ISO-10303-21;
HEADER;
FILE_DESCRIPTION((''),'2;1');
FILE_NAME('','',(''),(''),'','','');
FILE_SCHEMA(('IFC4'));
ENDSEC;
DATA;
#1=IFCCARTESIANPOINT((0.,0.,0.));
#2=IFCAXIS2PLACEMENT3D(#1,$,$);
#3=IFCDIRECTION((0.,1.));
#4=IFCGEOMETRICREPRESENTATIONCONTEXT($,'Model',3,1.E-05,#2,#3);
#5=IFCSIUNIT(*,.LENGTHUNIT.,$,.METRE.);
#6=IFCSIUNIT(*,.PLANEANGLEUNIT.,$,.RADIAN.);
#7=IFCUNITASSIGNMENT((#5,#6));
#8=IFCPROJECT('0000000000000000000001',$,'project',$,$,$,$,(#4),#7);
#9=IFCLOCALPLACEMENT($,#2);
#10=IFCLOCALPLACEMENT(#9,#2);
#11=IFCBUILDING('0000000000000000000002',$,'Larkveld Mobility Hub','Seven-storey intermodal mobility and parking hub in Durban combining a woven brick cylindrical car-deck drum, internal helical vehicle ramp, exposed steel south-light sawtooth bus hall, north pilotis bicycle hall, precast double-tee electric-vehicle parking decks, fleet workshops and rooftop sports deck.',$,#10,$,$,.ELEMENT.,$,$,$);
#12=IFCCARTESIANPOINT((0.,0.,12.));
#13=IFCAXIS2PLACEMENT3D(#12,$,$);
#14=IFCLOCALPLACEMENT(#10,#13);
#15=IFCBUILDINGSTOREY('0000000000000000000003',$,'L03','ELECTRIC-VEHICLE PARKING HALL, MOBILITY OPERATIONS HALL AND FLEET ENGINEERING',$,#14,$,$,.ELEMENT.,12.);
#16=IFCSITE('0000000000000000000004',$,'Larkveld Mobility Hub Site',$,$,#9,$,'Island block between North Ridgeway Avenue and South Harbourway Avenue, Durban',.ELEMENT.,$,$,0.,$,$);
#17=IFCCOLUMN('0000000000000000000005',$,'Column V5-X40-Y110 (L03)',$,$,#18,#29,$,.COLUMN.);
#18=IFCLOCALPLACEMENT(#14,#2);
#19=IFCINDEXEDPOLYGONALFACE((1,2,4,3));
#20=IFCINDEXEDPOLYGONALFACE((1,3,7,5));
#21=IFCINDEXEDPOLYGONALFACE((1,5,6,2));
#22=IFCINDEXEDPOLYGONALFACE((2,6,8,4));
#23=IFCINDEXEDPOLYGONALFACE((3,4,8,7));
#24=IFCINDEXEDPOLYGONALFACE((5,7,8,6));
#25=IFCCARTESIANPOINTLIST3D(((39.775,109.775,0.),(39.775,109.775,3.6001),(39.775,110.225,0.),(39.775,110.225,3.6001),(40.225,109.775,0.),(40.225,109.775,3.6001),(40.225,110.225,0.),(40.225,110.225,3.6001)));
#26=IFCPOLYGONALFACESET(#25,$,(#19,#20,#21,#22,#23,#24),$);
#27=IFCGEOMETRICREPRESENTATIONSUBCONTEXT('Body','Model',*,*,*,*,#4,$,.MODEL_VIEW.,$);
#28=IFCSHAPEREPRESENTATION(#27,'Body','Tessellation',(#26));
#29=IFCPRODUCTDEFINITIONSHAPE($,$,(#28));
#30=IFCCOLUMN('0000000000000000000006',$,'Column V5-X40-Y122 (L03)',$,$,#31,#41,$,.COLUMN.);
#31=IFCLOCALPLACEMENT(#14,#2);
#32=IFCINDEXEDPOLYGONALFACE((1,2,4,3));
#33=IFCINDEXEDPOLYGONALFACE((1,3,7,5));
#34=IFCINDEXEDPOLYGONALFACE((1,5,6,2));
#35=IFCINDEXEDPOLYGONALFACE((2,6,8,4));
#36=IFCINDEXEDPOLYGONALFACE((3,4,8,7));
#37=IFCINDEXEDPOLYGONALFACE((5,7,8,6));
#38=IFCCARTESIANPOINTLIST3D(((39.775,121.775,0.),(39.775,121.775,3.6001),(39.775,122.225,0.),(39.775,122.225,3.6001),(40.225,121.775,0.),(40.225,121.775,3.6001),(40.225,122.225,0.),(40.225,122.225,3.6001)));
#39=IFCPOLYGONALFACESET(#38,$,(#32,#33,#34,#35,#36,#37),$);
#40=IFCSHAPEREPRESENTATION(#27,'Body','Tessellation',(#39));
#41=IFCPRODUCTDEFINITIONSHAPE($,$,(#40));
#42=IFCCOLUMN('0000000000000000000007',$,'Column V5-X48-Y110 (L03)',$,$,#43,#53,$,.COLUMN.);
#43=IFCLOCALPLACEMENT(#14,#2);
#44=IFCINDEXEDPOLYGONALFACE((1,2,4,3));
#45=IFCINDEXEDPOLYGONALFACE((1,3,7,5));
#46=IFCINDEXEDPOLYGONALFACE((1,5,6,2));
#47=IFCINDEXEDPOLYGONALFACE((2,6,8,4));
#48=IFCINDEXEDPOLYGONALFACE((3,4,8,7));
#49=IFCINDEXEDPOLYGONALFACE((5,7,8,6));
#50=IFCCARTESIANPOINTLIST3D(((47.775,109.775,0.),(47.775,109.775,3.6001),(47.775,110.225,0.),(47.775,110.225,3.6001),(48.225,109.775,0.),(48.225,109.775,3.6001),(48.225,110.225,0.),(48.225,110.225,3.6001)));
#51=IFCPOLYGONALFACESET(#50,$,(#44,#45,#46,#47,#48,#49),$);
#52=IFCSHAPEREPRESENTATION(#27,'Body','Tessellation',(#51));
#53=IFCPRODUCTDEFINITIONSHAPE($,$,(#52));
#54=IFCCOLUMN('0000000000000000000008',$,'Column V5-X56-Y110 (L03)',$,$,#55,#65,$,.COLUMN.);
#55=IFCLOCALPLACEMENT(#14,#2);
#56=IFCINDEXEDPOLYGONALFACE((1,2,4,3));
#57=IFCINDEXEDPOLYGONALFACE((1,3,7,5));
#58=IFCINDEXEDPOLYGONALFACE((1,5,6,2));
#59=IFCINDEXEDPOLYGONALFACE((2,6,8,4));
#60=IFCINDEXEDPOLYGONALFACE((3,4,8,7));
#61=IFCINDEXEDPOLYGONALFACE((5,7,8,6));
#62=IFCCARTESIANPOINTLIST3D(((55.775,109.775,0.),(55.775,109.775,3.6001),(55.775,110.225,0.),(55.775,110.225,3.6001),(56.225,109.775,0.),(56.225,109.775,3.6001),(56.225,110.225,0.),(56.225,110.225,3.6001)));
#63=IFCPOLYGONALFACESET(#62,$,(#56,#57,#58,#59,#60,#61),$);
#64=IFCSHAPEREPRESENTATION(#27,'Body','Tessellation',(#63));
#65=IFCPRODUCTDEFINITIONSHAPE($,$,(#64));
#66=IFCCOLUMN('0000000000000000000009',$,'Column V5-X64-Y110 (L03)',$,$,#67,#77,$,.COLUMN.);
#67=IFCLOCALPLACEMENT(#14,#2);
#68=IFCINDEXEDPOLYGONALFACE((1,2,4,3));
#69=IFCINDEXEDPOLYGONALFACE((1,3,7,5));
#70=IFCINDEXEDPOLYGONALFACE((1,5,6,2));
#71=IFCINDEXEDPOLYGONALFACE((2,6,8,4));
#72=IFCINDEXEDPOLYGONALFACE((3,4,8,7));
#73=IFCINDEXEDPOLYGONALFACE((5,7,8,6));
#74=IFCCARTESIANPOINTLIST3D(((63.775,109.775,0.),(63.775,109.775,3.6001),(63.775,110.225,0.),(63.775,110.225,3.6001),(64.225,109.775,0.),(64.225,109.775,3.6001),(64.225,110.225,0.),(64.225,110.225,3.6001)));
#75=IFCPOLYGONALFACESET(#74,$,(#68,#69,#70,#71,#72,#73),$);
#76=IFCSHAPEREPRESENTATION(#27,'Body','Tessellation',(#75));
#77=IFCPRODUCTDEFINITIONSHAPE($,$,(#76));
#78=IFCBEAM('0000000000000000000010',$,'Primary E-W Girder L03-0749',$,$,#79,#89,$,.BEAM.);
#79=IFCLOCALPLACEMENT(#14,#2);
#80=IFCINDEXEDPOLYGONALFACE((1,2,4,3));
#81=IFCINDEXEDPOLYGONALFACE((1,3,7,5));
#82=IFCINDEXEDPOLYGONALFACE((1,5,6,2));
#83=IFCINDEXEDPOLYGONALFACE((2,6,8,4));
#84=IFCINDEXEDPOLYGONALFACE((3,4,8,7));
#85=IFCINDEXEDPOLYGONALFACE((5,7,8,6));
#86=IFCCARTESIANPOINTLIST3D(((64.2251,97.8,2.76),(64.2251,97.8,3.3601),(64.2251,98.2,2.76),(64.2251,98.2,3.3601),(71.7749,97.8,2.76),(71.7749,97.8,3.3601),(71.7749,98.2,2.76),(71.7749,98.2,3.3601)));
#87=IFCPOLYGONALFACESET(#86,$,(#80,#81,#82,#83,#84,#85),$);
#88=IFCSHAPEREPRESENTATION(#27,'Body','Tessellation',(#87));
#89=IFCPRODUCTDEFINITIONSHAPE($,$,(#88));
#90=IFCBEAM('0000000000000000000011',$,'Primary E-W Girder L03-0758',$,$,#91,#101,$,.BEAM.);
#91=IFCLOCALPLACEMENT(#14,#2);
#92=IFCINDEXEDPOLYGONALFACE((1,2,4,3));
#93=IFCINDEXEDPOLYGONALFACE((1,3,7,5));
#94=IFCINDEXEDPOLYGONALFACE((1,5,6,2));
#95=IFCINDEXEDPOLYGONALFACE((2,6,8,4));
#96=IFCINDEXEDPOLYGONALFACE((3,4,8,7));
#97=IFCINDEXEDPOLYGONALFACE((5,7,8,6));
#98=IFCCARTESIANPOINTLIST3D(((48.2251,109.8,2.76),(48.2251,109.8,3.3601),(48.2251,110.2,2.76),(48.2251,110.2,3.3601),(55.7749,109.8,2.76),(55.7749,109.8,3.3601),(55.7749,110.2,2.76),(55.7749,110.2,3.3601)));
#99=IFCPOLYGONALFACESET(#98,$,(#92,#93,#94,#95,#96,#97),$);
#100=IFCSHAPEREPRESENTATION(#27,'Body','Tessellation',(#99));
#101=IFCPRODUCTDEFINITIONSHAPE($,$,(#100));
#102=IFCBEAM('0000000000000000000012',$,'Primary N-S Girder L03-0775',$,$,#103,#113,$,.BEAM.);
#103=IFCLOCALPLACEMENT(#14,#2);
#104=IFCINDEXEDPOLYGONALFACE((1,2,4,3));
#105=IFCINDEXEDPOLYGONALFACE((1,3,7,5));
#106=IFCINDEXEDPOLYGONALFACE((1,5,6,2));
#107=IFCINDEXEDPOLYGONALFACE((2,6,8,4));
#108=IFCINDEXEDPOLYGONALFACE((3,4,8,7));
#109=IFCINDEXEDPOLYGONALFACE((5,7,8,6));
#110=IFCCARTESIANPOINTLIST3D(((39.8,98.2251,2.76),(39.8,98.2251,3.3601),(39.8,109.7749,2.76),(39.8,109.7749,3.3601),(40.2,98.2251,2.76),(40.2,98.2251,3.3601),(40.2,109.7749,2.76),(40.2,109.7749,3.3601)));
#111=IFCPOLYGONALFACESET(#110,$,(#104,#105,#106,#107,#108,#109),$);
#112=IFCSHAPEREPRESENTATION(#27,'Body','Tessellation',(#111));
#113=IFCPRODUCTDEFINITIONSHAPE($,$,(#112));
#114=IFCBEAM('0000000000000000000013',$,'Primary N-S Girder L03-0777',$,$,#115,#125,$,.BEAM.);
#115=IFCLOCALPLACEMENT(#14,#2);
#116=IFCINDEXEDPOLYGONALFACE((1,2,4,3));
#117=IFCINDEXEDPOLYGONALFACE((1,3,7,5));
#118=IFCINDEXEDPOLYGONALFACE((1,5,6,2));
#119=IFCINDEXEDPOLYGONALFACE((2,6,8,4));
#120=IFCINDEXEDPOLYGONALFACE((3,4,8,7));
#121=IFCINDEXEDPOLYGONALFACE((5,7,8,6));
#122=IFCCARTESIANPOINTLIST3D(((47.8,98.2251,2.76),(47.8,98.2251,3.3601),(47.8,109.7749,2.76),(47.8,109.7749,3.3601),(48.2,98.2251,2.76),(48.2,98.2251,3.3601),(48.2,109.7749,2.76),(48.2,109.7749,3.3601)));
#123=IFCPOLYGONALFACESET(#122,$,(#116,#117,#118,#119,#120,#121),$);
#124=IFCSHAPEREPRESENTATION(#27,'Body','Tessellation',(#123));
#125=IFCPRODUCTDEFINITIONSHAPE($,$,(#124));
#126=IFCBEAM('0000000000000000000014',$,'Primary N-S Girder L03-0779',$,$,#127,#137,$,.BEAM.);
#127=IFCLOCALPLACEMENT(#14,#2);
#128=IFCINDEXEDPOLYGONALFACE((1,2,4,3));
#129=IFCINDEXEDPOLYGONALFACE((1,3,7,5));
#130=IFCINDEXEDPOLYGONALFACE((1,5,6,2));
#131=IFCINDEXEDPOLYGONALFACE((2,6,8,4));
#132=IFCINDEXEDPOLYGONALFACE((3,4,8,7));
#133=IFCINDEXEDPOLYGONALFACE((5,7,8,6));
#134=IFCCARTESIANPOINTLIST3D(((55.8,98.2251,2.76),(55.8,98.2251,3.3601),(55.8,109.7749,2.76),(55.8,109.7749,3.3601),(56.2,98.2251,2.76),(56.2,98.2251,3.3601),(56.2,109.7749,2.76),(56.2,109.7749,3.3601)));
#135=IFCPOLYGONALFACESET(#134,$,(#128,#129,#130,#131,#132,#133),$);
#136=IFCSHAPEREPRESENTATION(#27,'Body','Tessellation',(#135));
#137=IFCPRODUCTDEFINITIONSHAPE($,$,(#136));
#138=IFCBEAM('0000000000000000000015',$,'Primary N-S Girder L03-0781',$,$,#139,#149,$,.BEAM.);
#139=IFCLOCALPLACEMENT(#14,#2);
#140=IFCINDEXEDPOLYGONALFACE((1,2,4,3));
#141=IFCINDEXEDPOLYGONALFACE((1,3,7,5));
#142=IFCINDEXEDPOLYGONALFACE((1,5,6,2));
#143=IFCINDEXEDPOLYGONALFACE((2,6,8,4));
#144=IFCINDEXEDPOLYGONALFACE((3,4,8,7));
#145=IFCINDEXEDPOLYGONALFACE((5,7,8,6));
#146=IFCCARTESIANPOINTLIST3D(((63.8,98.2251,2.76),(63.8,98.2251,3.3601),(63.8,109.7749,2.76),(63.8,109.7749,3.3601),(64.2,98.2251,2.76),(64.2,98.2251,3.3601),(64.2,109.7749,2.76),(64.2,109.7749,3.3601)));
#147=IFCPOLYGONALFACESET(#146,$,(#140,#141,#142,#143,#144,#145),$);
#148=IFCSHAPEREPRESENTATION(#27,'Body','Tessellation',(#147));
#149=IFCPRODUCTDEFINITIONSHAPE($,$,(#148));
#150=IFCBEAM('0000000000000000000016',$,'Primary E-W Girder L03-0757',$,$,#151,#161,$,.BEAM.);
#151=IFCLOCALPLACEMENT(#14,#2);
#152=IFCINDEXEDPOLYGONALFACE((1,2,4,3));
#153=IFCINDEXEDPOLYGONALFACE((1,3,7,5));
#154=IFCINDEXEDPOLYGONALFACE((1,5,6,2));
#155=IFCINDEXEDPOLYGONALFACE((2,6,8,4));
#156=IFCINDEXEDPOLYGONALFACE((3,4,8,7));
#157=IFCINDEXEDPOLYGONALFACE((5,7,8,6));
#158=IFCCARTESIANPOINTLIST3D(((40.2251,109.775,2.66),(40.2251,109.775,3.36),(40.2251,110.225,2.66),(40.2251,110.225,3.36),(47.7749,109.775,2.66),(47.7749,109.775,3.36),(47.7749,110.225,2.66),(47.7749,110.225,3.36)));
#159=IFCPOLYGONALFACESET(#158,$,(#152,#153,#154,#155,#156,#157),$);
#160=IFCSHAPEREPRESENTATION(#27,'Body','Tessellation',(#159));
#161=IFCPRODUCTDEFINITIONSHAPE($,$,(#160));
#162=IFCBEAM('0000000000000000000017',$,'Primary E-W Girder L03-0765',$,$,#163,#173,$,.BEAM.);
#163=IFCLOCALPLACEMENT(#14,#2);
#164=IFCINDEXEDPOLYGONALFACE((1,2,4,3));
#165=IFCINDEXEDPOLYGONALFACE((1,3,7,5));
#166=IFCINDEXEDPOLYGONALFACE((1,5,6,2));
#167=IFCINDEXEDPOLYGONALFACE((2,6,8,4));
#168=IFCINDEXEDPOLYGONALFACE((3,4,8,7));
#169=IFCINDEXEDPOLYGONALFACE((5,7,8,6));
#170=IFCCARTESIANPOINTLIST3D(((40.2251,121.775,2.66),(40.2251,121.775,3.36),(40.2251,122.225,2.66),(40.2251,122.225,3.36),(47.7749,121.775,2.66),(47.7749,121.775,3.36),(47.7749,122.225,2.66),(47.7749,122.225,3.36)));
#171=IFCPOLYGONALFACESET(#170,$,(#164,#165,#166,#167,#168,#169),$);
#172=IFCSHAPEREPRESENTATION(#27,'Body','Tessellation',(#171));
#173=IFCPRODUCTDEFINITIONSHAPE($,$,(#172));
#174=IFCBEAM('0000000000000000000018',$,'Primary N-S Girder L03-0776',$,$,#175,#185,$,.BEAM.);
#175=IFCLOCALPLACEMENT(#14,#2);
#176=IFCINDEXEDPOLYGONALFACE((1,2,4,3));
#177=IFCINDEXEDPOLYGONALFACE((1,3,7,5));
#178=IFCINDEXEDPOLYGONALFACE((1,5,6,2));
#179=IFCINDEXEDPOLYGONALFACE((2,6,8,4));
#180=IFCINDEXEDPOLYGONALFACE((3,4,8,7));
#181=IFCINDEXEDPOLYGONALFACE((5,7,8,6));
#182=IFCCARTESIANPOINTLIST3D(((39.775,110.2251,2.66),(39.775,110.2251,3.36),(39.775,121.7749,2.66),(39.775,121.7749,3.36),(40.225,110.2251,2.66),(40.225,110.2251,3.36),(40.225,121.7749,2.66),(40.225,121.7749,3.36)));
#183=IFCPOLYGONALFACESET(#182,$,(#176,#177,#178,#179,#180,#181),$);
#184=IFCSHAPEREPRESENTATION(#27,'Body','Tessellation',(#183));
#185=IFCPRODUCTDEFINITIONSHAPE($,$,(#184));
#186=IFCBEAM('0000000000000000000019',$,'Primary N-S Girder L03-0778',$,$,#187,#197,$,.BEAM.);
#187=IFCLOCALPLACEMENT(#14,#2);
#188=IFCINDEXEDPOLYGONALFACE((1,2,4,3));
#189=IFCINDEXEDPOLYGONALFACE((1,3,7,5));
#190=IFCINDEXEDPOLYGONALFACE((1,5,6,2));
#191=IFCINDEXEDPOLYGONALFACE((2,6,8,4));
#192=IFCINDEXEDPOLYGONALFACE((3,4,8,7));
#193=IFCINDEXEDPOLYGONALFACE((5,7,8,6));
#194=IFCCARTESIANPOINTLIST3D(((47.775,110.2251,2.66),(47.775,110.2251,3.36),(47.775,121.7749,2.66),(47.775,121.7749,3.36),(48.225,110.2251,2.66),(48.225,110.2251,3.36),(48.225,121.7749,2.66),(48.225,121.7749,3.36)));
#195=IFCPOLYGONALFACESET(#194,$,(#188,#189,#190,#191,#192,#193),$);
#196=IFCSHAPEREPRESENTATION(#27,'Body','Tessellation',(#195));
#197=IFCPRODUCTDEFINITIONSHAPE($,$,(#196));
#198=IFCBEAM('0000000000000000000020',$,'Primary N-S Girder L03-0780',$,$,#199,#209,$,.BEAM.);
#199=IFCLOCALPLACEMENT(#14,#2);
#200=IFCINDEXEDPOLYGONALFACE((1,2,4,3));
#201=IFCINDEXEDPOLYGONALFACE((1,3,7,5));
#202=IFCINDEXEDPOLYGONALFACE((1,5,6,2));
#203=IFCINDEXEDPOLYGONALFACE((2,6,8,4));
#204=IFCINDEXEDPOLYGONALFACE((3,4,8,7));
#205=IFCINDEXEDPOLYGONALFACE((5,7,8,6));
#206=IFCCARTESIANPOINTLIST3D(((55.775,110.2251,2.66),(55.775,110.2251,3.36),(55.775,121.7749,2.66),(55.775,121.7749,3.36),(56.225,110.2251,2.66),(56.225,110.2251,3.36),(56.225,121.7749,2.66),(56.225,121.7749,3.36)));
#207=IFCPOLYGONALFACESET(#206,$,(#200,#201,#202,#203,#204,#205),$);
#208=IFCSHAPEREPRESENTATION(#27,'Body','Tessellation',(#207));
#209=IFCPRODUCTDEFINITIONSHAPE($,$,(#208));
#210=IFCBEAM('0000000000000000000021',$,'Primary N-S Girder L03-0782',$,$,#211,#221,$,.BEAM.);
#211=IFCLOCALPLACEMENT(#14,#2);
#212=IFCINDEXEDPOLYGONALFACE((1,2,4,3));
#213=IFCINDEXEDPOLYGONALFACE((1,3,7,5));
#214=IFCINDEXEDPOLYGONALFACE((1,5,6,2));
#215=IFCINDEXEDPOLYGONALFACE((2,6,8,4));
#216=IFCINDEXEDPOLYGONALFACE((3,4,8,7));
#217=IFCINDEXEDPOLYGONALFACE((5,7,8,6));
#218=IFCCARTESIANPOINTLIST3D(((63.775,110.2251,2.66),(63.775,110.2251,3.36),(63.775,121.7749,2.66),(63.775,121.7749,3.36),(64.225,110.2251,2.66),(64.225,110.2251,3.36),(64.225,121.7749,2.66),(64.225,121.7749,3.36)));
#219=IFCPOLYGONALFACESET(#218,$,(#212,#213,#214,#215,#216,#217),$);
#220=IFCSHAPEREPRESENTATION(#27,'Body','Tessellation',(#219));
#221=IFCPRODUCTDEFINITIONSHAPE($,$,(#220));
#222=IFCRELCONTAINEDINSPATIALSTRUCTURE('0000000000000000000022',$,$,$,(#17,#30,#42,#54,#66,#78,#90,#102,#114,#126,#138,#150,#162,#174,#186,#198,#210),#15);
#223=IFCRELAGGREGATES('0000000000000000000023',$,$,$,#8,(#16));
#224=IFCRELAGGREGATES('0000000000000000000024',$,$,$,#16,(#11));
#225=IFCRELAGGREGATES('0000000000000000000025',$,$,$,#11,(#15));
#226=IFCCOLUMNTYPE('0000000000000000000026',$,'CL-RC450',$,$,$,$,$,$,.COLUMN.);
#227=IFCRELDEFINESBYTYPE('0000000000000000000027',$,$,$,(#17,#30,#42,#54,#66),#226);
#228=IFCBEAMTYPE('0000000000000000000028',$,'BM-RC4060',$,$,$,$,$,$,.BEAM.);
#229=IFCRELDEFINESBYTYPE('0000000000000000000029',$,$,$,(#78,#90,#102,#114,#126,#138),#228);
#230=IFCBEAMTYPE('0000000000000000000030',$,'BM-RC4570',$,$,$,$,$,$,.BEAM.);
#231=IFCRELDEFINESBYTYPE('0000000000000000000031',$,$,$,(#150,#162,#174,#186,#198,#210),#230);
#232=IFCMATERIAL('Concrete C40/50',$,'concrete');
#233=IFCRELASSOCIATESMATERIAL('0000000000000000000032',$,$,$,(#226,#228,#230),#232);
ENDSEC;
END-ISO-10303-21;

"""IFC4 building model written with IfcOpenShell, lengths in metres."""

from ifc_helpers import new_model, si_unit, direction, frame, origin, origin_2d, place, context, subcontext, project, spatial, rectangle, extrude, material, material_profile, profile_set, type_object, element, save


model = new_model("IFC4")

# Units and contexts
model_context = context("Model", 3, precision=1e-05, world=origin(), true_north=direction((0.0, 1.0)))
body_context = subcontext(model_context, "Body", "Model", "MODEL_VIEW")
ifc_project = project(units=[si_unit("LENGTHUNIT", "METRE"), si_unit("PLANEANGLEUNIT", "RADIAN")], contexts=[model_context])

# Site, building, storey
site_placement = place(None, origin())
site = spatial("IfcSite", under=ifc_project, at=site_placement, Name="Larkveld Mobility Hub Site", LongName="Island block between North Ridgeway Avenue and South Harbourway Avenue, Durban", CompositionType="ELEMENT", RefElevation=0.0)
building_placement = place(site_placement, origin())
building = spatial("IfcBuilding", under=site, at=building_placement, Name="Larkveld Mobility Hub", Description="Seven-storey intermodal mobility and parking hub in Durban combining a woven brick cylindrical car-deck drum, internal helical vehicle ramp, exposed steel south-light sawtooth bus hall, north pilotis bicycle hall, precast double-tee electric-vehicle parking decks, fleet workshops and rooftop sports deck.", CompositionType="ELEMENT")
storey_placement = place(building_placement, frame((0.0, 0.0, 12.0)))
storey = spatial("IfcBuildingStorey", under=building, at=storey_placement, Name="L03", Description="ELECTRIC-VEHICLE PARKING HALL, MOBILITY OPERATIONS HALL AND FLEET ENGINEERING", CompositionType="ELEMENT", Elevation=12.0)

# Columns
ifc_material_1 = material(Name="Concrete C40/50", Category="concrete")
ifc_material_profile_1 = material_profile(ifc_material_1, rectangle(XDim=0.45, YDim=0.45, at=origin_2d()), Name="RC COL 450x450")
ifc_profile_set_1 = profile_set([ifc_material_profile_1], Name="Concrete C40/50")
column_type = type_object("IfcColumnType", Name="CL-RC450", PredefinedType="COLUMN", material=ifc_profile_set_1)
for number, where, z_axis, x_axis, name in (
    (1, (40.0, 110.0, 0.0), (0.0, 0.0, 1.0), (1.0, 0.0, 0.0), "Column V5-X40-Y110 (L03)"),
    (2, (40.0, 122.0, 0.0), (0.0, 0.0, 1.0), (1.0, 0.0, 0.0), "Column V5-X40-Y122 (L03)"),
    (3, (48.0, 110.0, 0.0), (0.0, 0.0, 1.0), (1.0, 0.0, 0.0), "Column V5-X48-Y110 (L03)"),
    (4, (56.0, 110.0, 0.0), (0.0, 0.0, 1.0), (1.0, 0.0, 0.0), "Column V5-X56-Y110 (L03)"),
    (5, (64.0, 110.0, 0.0), (0.0, 0.0, 1.0), (1.0, 0.0, 0.0), "Column V5-X64-Y110 (L03)"),
):
    element("IfcColumn", number, at=place(storey_placement, frame(where, z_axis=z_axis, x_axis=x_axis)), inside=storey, type_object=column_type, Name=name, PredefinedType="COLUMN", context=body_context, shape_type="SweptSolid", body=[
        extrude(rectangle(XDim=0.45, YDim=0.45, at=origin_2d()), origin(), (0.0, 0.0, 1.0), 3.6001),
    ])

# Beams
ifc_material_profile_2 = material_profile(ifc_material_1, rectangle(XDim=0.3999, YDim=0.6001, at=origin_2d()), Name="RC BM 400x600")
ifc_profile_set_2 = profile_set([ifc_material_profile_2], Name="Concrete C40/50")
beam_type_1 = type_object("IfcBeamType", Name="BM-RC4060", PredefinedType="BEAM", material=ifc_profile_set_2)
for number, where, z_axis, x_axis, name in (
    (6, (64.2251, 98.0, 3.0601), (1.0, 0.0, 0.0), (0.0, 1.0, 0.0), "Primary E-W Girder L03-0749"),
    (7, (48.2251, 110.0, 3.0601), (1.0, 0.0, 0.0), (0.0, 1.0, 0.0), "Primary E-W Girder L03-0758"),
):
    element("IfcBeam", number, at=place(storey_placement, frame(where, z_axis=z_axis, x_axis=x_axis)), inside=storey, type_object=beam_type_1, Name=name, PredefinedType="BEAM", context=body_context, shape_type="SweptSolid", body=[
        extrude(rectangle(XDim=0.3999, YDim=0.6001, at=origin_2d()), origin(), (0.0, 0.0, 1.0), 7.5498),
    ])
for number, where, z_axis, x_axis, name in (
    (8, (40.0, 98.2251, 3.0601), (0.0, 1.0, 0.0), (-1.0, 0.0, 0.0), "Primary N-S Girder L03-0775"),
    (9, (48.0, 98.2251, 3.0601), (0.0, 1.0, 0.0), (-1.0, 0.0, 0.0), "Primary N-S Girder L03-0777"),
    (10, (56.0, 98.2251, 3.0601), (0.0, 1.0, 0.0), (-1.0, 0.0, 0.0), "Primary N-S Girder L03-0779"),
    (11, (64.0, 98.2251, 3.0601), (0.0, 1.0, 0.0), (-1.0, 0.0, 0.0), "Primary N-S Girder L03-0781"),
):
    element("IfcBeam", number, at=place(storey_placement, frame(where, z_axis=z_axis, x_axis=x_axis)), inside=storey, type_object=beam_type_1, Name=name, PredefinedType="BEAM", context=body_context, shape_type="SweptSolid", body=[
        extrude(rectangle(XDim=0.3999, YDim=0.6001, at=origin_2d()), origin(), (0.0, 0.0, 1.0), 11.5498),
    ])
ifc_material_profile_3 = material_profile(ifc_material_1, rectangle(XDim=0.45, YDim=0.7, at=origin_2d()), Name="RC BM 450x700")
ifc_profile_set_3 = profile_set([ifc_material_profile_3], Name="Concrete C40/50")
beam_type_2 = type_object("IfcBeamType", Name="BM-RC4570", PredefinedType="BEAM", material=ifc_profile_set_3)
for number, where, z_axis, x_axis, name in (
    (12, (40.2251, 110.0, 3.01), (1.0, 0.0, 0.0), (0.0, 1.0, 0.0), "Primary E-W Girder L03-0757"),
    (13, (40.2251, 122.0, 3.01), (1.0, 0.0, 0.0), (0.0, 1.0, 0.0), "Primary E-W Girder L03-0765"),
):
    element("IfcBeam", number, at=place(storey_placement, frame(where, z_axis=z_axis, x_axis=x_axis)), inside=storey, type_object=beam_type_2, Name=name, PredefinedType="BEAM", context=body_context, shape_type="SweptSolid", body=[
        extrude(rectangle(XDim=0.45, YDim=0.7, at=origin_2d()), origin(), (0.0, 0.0, 1.0), 7.5498),
    ])
for number, where, z_axis, x_axis, name in (
    (14, (40.0, 110.2251, 3.01), (0.0, 1.0, 0.0), (-1.0, 0.0, 0.0), "Primary N-S Girder L03-0776"),
    (15, (48.0, 110.2251, 3.01), (0.0, 1.0, 0.0), (-1.0, 0.0, 0.0), "Primary N-S Girder L03-0778"),
    (16, (56.0, 110.2251, 3.01), (0.0, 1.0, 0.0), (-1.0, 0.0, 0.0), "Primary N-S Girder L03-0780"),
    (17, (64.0, 110.2251, 3.01), (0.0, 1.0, 0.0), (-1.0, 0.0, 0.0), "Primary N-S Girder L03-0782"),
):
    element("IfcBeam", number, at=place(storey_placement, frame(where, z_axis=z_axis, x_axis=x_axis)), inside=storey, type_object=beam_type_2, Name=name, PredefinedType="BEAM", context=body_context, shape_type="SweptSolid", body=[
        extrude(rectangle(XDim=0.45, YDim=0.7, at=origin_2d()), origin(), (0.0, 0.0, 1.0), 11.5498),
    ])

save(model, "model.ifc")
